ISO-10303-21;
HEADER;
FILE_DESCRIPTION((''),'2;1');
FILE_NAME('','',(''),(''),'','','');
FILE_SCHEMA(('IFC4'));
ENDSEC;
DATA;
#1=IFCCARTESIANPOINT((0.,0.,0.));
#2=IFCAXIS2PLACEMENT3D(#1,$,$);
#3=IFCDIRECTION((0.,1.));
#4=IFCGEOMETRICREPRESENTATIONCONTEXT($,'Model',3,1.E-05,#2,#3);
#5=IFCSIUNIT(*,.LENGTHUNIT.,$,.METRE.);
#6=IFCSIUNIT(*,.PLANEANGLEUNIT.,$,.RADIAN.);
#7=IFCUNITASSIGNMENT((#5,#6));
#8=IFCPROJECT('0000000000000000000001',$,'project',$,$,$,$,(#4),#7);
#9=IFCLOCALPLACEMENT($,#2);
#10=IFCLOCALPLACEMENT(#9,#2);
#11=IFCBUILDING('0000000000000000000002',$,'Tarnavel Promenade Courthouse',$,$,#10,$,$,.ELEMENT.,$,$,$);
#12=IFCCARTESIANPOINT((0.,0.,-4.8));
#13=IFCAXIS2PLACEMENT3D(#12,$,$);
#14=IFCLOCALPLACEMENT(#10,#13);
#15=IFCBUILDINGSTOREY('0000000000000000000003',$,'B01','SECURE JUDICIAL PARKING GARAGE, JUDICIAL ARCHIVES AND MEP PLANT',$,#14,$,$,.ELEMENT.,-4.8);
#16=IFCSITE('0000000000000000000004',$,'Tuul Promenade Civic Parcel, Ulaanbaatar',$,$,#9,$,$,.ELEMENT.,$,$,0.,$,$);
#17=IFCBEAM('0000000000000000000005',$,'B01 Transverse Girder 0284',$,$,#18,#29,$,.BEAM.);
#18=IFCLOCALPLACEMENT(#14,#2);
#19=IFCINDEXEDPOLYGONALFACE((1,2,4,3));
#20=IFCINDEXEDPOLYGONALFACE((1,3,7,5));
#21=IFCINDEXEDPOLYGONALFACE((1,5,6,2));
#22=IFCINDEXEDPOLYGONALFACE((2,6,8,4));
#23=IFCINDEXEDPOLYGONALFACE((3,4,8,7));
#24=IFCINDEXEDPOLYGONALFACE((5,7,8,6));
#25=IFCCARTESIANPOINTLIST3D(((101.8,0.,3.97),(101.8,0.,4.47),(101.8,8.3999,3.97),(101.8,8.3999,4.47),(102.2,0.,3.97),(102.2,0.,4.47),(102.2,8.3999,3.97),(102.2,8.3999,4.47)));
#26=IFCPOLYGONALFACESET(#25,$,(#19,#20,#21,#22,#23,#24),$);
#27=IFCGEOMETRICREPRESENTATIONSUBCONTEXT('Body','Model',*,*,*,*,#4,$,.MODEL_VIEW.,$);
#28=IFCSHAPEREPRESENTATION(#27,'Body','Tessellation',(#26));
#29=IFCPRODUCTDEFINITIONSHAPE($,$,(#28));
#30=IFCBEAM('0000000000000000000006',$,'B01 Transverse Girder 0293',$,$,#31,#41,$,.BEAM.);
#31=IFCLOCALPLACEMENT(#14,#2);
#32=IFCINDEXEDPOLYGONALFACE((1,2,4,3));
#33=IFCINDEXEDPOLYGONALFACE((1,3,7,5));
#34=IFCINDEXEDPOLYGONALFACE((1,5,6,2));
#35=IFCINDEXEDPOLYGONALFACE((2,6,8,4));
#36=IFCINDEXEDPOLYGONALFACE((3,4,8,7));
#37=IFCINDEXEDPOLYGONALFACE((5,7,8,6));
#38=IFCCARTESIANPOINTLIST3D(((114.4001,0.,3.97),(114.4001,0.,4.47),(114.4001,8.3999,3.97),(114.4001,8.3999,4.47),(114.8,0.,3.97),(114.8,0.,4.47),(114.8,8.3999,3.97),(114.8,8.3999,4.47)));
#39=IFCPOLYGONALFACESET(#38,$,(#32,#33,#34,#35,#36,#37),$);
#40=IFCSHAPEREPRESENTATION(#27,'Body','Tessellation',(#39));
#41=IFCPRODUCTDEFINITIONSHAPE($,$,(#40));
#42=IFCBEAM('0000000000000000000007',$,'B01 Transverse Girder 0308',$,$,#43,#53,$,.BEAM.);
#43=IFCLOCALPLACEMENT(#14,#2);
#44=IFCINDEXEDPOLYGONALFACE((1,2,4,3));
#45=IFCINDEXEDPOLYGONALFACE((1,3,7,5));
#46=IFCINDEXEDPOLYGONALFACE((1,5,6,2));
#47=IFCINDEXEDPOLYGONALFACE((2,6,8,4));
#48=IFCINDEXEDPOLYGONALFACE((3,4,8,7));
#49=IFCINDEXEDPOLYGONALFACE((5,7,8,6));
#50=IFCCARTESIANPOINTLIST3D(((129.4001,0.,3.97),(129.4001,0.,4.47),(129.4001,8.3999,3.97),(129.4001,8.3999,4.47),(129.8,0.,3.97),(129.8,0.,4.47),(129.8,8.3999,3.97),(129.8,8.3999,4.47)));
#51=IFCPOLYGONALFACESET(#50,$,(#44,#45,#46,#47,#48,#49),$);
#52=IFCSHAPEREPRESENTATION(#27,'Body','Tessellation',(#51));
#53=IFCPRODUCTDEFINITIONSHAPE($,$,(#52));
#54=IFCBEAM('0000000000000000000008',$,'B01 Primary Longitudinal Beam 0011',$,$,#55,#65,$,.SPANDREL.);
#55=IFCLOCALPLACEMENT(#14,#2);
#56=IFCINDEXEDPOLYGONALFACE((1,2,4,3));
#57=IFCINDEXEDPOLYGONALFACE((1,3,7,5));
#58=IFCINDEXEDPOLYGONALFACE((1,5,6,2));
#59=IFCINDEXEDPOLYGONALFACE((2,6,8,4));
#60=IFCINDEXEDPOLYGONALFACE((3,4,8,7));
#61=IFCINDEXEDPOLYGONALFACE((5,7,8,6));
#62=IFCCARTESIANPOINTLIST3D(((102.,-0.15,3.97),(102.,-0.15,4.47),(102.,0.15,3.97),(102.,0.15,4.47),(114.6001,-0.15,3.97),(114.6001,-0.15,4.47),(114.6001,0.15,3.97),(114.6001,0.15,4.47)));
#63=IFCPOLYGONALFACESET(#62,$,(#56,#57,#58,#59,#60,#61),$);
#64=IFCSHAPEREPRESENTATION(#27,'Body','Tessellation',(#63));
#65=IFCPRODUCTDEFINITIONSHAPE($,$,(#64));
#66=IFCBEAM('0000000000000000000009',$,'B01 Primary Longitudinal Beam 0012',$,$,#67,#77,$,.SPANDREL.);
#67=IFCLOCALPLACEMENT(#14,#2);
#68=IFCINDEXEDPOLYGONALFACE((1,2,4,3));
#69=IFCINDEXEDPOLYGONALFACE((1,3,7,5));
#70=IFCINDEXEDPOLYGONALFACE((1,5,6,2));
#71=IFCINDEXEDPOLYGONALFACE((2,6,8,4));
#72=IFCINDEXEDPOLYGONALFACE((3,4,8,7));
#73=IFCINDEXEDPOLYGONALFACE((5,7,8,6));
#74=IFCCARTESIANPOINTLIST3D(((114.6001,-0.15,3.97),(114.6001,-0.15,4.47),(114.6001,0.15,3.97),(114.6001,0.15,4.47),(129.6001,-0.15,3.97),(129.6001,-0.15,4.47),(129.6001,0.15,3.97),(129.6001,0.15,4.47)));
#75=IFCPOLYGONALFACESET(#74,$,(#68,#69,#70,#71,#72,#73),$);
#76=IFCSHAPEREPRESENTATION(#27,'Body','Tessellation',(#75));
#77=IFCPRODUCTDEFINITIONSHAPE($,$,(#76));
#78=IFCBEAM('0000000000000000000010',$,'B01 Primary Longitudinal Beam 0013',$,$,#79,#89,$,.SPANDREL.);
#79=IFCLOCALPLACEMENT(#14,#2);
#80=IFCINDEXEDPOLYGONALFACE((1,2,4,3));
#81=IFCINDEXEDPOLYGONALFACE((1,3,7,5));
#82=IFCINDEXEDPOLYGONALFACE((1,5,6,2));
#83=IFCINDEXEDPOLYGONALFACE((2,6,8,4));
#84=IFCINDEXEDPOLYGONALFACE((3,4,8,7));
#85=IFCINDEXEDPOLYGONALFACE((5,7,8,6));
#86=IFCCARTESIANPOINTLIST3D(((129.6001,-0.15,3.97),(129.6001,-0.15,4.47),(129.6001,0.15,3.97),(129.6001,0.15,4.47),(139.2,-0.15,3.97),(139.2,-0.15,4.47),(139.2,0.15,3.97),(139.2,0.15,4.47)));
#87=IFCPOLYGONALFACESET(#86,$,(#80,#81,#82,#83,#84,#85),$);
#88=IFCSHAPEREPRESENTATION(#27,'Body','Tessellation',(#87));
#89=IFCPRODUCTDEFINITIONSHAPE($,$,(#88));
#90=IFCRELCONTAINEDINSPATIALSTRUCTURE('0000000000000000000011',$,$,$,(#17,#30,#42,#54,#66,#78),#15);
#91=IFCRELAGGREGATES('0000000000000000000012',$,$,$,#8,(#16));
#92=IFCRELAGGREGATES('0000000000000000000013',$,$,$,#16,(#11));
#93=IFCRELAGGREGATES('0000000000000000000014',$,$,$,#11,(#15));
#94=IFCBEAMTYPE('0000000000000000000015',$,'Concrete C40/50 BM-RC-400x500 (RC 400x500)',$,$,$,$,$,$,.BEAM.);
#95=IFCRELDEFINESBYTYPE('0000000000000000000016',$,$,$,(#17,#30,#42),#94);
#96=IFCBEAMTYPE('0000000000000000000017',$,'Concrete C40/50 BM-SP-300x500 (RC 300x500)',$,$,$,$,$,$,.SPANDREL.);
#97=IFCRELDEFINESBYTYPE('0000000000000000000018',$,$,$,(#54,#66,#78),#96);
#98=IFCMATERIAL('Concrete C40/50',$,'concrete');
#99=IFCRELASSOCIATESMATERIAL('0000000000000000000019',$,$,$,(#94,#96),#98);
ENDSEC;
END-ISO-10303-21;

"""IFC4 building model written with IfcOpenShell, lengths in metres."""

from ifc_helpers import new_model, si_unit, direction, frame, origin, origin_2d, place, context, subcontext, project, spatial, rectangle, extrude, material, material_profile, profile_set, type_object, element, save


model = new_model("IFC4")

# Units and contexts
model_context = context("Model", 3, precision=1e-05, world=origin(), true_north=direction((0.0, 1.0)))
body_context = subcontext(model_context, "Body", "Model", "MODEL_VIEW")
ifc_project = project(units=[si_unit("LENGTHUNIT", "METRE"), si_unit("PLANEANGLEUNIT", "RADIAN")], contexts=[model_context])

# Site, building, storey
site_placement = place(None, origin())
site = spatial("IfcSite", under=ifc_project, at=site_placement, Name="Tuul Promenade Civic Parcel, Ulaanbaatar", CompositionType="ELEMENT", RefElevation=0.0)
building_placement = place(site_placement, origin())
building = spatial("IfcBuilding", under=site, at=building_placement, Name="Tarnavel Promenade Courthouse", CompositionType="ELEMENT")
storey_placement = place(building_placement, frame((0.0, 0.0, -4.8)))
storey = spatial("IfcBuildingStorey", under=building, at=storey_placement, Name="B01", Description="SECURE JUDICIAL PARKING GARAGE, JUDICIAL ARCHIVES AND MEP PLANT", CompositionType="ELEMENT", Elevation=-4.8)

# Shared definitions
ifc_material_1 = material(Name="Concrete C40/50", Category="concrete")

# Beams
ifc_material_profile_1 = material_profile(ifc_material_1, rectangle(XDim=0.3999, YDim=0.5, at=origin_2d()), Name="RC 400x500")
ifc_profile_set_1 = profile_set([ifc_material_profile_1], Name="Concrete C40/50")
beam_type_1 = type_object("IfcBeamType", Name="Concrete C40/50 BM-RC-400x500 (RC 400x500)", PredefinedType="BEAM", material=ifc_profile_set_1)
for number, where, z_axis, x_axis, name in (
    (1, (102.0, 0.0, 4.22), (0.0, 1.0, 0.0), (-1.0, 0.0, 0.0), "B01 Transverse Girder 0284"),
    (2, (114.6001, 0.0, 4.22), (0.0, 1.0, 0.0), (-1.0, 0.0, 0.0), "B01 Transverse Girder 0293"),
    (3, (129.6001, 0.0, 4.22), (0.0, 1.0, 0.0), (-1.0, 0.0, 0.0), "B01 Transverse Girder 0308"),
):
    element("IfcBeam", number, at=place(storey_placement, frame(where, z_axis=z_axis, x_axis=x_axis)), inside=storey, type_object=beam_type_1, Name=name, PredefinedType="BEAM", context=body_context, shape_type="SweptSolid", body=[
        extrude(rectangle(XDim=0.3999, YDim=0.5, at=origin_2d()), origin(), (0.0, 0.0, 1.0), 8.3999),
    ])
ifc_material_profile_2 = material_profile(ifc_material_1, rectangle(XDim=0.3, YDim=0.5, at=origin_2d()), Name="RC 300x500")
ifc_profile_set_2 = profile_set([ifc_material_profile_2], Name="Concrete C40/50")
beam_type_2 = type_object("IfcBeamType", Name="Concrete C40/50 BM-SP-300x500 (RC 300x500)", PredefinedType="SPANDREL", material=ifc_profile_set_2)
beam_1_placement = place(storey_placement, frame((102.0, 0.0, 4.22), z_axis=(1.0, 0.0, 0.0), x_axis=(0.0, 1.0, 0.0)))
element("IfcBeam", 4, at=beam_1_placement, inside=storey, type_object=beam_type_2, Name="B01 Primary Longitudinal Beam 0011", PredefinedType="SPANDREL", context=body_context, shape_type="SweptSolid", body=[
    extrude(rectangle(XDim=0.3, YDim=0.5, at=origin_2d()), origin(), (0.0, 0.0, 1.0), 12.6001),
])
beam_2_placement = place(storey_placement, frame((114.6001, 0.0, 4.22), z_axis=(1.0, 0.0, 0.0), x_axis=(0.0, 1.0, 0.0)))
element("IfcBeam", 5, at=beam_2_placement, inside=storey, type_object=beam_type_2, Name="B01 Primary Longitudinal Beam 0012", PredefinedType="SPANDREL", context=body_context, shape_type="SweptSolid", body=[
    extrude(rectangle(XDim=0.3, YDim=0.5, at=origin_2d()), origin(), (0.0, 0.0, 1.0), 15.0),
])
beam_3_placement = place(storey_placement, frame((129.6001, 0.0, 4.22), z_axis=(1.0, 0.0, 0.0), x_axis=(0.0, 1.0, 0.0)))
element("IfcBeam", 6, at=beam_3_placement, inside=storey, type_object=beam_type_2, Name="B01 Primary Longitudinal Beam 0013", PredefinedType="SPANDREL", context=body_context, shape_type="SweptSolid", body=[
    extrude(rectangle(XDim=0.3, YDim=0.5, at=origin_2d()), origin(), (0.0, 0.0, 1.0), 9.5999),
])

save(model, "model.ifc")
